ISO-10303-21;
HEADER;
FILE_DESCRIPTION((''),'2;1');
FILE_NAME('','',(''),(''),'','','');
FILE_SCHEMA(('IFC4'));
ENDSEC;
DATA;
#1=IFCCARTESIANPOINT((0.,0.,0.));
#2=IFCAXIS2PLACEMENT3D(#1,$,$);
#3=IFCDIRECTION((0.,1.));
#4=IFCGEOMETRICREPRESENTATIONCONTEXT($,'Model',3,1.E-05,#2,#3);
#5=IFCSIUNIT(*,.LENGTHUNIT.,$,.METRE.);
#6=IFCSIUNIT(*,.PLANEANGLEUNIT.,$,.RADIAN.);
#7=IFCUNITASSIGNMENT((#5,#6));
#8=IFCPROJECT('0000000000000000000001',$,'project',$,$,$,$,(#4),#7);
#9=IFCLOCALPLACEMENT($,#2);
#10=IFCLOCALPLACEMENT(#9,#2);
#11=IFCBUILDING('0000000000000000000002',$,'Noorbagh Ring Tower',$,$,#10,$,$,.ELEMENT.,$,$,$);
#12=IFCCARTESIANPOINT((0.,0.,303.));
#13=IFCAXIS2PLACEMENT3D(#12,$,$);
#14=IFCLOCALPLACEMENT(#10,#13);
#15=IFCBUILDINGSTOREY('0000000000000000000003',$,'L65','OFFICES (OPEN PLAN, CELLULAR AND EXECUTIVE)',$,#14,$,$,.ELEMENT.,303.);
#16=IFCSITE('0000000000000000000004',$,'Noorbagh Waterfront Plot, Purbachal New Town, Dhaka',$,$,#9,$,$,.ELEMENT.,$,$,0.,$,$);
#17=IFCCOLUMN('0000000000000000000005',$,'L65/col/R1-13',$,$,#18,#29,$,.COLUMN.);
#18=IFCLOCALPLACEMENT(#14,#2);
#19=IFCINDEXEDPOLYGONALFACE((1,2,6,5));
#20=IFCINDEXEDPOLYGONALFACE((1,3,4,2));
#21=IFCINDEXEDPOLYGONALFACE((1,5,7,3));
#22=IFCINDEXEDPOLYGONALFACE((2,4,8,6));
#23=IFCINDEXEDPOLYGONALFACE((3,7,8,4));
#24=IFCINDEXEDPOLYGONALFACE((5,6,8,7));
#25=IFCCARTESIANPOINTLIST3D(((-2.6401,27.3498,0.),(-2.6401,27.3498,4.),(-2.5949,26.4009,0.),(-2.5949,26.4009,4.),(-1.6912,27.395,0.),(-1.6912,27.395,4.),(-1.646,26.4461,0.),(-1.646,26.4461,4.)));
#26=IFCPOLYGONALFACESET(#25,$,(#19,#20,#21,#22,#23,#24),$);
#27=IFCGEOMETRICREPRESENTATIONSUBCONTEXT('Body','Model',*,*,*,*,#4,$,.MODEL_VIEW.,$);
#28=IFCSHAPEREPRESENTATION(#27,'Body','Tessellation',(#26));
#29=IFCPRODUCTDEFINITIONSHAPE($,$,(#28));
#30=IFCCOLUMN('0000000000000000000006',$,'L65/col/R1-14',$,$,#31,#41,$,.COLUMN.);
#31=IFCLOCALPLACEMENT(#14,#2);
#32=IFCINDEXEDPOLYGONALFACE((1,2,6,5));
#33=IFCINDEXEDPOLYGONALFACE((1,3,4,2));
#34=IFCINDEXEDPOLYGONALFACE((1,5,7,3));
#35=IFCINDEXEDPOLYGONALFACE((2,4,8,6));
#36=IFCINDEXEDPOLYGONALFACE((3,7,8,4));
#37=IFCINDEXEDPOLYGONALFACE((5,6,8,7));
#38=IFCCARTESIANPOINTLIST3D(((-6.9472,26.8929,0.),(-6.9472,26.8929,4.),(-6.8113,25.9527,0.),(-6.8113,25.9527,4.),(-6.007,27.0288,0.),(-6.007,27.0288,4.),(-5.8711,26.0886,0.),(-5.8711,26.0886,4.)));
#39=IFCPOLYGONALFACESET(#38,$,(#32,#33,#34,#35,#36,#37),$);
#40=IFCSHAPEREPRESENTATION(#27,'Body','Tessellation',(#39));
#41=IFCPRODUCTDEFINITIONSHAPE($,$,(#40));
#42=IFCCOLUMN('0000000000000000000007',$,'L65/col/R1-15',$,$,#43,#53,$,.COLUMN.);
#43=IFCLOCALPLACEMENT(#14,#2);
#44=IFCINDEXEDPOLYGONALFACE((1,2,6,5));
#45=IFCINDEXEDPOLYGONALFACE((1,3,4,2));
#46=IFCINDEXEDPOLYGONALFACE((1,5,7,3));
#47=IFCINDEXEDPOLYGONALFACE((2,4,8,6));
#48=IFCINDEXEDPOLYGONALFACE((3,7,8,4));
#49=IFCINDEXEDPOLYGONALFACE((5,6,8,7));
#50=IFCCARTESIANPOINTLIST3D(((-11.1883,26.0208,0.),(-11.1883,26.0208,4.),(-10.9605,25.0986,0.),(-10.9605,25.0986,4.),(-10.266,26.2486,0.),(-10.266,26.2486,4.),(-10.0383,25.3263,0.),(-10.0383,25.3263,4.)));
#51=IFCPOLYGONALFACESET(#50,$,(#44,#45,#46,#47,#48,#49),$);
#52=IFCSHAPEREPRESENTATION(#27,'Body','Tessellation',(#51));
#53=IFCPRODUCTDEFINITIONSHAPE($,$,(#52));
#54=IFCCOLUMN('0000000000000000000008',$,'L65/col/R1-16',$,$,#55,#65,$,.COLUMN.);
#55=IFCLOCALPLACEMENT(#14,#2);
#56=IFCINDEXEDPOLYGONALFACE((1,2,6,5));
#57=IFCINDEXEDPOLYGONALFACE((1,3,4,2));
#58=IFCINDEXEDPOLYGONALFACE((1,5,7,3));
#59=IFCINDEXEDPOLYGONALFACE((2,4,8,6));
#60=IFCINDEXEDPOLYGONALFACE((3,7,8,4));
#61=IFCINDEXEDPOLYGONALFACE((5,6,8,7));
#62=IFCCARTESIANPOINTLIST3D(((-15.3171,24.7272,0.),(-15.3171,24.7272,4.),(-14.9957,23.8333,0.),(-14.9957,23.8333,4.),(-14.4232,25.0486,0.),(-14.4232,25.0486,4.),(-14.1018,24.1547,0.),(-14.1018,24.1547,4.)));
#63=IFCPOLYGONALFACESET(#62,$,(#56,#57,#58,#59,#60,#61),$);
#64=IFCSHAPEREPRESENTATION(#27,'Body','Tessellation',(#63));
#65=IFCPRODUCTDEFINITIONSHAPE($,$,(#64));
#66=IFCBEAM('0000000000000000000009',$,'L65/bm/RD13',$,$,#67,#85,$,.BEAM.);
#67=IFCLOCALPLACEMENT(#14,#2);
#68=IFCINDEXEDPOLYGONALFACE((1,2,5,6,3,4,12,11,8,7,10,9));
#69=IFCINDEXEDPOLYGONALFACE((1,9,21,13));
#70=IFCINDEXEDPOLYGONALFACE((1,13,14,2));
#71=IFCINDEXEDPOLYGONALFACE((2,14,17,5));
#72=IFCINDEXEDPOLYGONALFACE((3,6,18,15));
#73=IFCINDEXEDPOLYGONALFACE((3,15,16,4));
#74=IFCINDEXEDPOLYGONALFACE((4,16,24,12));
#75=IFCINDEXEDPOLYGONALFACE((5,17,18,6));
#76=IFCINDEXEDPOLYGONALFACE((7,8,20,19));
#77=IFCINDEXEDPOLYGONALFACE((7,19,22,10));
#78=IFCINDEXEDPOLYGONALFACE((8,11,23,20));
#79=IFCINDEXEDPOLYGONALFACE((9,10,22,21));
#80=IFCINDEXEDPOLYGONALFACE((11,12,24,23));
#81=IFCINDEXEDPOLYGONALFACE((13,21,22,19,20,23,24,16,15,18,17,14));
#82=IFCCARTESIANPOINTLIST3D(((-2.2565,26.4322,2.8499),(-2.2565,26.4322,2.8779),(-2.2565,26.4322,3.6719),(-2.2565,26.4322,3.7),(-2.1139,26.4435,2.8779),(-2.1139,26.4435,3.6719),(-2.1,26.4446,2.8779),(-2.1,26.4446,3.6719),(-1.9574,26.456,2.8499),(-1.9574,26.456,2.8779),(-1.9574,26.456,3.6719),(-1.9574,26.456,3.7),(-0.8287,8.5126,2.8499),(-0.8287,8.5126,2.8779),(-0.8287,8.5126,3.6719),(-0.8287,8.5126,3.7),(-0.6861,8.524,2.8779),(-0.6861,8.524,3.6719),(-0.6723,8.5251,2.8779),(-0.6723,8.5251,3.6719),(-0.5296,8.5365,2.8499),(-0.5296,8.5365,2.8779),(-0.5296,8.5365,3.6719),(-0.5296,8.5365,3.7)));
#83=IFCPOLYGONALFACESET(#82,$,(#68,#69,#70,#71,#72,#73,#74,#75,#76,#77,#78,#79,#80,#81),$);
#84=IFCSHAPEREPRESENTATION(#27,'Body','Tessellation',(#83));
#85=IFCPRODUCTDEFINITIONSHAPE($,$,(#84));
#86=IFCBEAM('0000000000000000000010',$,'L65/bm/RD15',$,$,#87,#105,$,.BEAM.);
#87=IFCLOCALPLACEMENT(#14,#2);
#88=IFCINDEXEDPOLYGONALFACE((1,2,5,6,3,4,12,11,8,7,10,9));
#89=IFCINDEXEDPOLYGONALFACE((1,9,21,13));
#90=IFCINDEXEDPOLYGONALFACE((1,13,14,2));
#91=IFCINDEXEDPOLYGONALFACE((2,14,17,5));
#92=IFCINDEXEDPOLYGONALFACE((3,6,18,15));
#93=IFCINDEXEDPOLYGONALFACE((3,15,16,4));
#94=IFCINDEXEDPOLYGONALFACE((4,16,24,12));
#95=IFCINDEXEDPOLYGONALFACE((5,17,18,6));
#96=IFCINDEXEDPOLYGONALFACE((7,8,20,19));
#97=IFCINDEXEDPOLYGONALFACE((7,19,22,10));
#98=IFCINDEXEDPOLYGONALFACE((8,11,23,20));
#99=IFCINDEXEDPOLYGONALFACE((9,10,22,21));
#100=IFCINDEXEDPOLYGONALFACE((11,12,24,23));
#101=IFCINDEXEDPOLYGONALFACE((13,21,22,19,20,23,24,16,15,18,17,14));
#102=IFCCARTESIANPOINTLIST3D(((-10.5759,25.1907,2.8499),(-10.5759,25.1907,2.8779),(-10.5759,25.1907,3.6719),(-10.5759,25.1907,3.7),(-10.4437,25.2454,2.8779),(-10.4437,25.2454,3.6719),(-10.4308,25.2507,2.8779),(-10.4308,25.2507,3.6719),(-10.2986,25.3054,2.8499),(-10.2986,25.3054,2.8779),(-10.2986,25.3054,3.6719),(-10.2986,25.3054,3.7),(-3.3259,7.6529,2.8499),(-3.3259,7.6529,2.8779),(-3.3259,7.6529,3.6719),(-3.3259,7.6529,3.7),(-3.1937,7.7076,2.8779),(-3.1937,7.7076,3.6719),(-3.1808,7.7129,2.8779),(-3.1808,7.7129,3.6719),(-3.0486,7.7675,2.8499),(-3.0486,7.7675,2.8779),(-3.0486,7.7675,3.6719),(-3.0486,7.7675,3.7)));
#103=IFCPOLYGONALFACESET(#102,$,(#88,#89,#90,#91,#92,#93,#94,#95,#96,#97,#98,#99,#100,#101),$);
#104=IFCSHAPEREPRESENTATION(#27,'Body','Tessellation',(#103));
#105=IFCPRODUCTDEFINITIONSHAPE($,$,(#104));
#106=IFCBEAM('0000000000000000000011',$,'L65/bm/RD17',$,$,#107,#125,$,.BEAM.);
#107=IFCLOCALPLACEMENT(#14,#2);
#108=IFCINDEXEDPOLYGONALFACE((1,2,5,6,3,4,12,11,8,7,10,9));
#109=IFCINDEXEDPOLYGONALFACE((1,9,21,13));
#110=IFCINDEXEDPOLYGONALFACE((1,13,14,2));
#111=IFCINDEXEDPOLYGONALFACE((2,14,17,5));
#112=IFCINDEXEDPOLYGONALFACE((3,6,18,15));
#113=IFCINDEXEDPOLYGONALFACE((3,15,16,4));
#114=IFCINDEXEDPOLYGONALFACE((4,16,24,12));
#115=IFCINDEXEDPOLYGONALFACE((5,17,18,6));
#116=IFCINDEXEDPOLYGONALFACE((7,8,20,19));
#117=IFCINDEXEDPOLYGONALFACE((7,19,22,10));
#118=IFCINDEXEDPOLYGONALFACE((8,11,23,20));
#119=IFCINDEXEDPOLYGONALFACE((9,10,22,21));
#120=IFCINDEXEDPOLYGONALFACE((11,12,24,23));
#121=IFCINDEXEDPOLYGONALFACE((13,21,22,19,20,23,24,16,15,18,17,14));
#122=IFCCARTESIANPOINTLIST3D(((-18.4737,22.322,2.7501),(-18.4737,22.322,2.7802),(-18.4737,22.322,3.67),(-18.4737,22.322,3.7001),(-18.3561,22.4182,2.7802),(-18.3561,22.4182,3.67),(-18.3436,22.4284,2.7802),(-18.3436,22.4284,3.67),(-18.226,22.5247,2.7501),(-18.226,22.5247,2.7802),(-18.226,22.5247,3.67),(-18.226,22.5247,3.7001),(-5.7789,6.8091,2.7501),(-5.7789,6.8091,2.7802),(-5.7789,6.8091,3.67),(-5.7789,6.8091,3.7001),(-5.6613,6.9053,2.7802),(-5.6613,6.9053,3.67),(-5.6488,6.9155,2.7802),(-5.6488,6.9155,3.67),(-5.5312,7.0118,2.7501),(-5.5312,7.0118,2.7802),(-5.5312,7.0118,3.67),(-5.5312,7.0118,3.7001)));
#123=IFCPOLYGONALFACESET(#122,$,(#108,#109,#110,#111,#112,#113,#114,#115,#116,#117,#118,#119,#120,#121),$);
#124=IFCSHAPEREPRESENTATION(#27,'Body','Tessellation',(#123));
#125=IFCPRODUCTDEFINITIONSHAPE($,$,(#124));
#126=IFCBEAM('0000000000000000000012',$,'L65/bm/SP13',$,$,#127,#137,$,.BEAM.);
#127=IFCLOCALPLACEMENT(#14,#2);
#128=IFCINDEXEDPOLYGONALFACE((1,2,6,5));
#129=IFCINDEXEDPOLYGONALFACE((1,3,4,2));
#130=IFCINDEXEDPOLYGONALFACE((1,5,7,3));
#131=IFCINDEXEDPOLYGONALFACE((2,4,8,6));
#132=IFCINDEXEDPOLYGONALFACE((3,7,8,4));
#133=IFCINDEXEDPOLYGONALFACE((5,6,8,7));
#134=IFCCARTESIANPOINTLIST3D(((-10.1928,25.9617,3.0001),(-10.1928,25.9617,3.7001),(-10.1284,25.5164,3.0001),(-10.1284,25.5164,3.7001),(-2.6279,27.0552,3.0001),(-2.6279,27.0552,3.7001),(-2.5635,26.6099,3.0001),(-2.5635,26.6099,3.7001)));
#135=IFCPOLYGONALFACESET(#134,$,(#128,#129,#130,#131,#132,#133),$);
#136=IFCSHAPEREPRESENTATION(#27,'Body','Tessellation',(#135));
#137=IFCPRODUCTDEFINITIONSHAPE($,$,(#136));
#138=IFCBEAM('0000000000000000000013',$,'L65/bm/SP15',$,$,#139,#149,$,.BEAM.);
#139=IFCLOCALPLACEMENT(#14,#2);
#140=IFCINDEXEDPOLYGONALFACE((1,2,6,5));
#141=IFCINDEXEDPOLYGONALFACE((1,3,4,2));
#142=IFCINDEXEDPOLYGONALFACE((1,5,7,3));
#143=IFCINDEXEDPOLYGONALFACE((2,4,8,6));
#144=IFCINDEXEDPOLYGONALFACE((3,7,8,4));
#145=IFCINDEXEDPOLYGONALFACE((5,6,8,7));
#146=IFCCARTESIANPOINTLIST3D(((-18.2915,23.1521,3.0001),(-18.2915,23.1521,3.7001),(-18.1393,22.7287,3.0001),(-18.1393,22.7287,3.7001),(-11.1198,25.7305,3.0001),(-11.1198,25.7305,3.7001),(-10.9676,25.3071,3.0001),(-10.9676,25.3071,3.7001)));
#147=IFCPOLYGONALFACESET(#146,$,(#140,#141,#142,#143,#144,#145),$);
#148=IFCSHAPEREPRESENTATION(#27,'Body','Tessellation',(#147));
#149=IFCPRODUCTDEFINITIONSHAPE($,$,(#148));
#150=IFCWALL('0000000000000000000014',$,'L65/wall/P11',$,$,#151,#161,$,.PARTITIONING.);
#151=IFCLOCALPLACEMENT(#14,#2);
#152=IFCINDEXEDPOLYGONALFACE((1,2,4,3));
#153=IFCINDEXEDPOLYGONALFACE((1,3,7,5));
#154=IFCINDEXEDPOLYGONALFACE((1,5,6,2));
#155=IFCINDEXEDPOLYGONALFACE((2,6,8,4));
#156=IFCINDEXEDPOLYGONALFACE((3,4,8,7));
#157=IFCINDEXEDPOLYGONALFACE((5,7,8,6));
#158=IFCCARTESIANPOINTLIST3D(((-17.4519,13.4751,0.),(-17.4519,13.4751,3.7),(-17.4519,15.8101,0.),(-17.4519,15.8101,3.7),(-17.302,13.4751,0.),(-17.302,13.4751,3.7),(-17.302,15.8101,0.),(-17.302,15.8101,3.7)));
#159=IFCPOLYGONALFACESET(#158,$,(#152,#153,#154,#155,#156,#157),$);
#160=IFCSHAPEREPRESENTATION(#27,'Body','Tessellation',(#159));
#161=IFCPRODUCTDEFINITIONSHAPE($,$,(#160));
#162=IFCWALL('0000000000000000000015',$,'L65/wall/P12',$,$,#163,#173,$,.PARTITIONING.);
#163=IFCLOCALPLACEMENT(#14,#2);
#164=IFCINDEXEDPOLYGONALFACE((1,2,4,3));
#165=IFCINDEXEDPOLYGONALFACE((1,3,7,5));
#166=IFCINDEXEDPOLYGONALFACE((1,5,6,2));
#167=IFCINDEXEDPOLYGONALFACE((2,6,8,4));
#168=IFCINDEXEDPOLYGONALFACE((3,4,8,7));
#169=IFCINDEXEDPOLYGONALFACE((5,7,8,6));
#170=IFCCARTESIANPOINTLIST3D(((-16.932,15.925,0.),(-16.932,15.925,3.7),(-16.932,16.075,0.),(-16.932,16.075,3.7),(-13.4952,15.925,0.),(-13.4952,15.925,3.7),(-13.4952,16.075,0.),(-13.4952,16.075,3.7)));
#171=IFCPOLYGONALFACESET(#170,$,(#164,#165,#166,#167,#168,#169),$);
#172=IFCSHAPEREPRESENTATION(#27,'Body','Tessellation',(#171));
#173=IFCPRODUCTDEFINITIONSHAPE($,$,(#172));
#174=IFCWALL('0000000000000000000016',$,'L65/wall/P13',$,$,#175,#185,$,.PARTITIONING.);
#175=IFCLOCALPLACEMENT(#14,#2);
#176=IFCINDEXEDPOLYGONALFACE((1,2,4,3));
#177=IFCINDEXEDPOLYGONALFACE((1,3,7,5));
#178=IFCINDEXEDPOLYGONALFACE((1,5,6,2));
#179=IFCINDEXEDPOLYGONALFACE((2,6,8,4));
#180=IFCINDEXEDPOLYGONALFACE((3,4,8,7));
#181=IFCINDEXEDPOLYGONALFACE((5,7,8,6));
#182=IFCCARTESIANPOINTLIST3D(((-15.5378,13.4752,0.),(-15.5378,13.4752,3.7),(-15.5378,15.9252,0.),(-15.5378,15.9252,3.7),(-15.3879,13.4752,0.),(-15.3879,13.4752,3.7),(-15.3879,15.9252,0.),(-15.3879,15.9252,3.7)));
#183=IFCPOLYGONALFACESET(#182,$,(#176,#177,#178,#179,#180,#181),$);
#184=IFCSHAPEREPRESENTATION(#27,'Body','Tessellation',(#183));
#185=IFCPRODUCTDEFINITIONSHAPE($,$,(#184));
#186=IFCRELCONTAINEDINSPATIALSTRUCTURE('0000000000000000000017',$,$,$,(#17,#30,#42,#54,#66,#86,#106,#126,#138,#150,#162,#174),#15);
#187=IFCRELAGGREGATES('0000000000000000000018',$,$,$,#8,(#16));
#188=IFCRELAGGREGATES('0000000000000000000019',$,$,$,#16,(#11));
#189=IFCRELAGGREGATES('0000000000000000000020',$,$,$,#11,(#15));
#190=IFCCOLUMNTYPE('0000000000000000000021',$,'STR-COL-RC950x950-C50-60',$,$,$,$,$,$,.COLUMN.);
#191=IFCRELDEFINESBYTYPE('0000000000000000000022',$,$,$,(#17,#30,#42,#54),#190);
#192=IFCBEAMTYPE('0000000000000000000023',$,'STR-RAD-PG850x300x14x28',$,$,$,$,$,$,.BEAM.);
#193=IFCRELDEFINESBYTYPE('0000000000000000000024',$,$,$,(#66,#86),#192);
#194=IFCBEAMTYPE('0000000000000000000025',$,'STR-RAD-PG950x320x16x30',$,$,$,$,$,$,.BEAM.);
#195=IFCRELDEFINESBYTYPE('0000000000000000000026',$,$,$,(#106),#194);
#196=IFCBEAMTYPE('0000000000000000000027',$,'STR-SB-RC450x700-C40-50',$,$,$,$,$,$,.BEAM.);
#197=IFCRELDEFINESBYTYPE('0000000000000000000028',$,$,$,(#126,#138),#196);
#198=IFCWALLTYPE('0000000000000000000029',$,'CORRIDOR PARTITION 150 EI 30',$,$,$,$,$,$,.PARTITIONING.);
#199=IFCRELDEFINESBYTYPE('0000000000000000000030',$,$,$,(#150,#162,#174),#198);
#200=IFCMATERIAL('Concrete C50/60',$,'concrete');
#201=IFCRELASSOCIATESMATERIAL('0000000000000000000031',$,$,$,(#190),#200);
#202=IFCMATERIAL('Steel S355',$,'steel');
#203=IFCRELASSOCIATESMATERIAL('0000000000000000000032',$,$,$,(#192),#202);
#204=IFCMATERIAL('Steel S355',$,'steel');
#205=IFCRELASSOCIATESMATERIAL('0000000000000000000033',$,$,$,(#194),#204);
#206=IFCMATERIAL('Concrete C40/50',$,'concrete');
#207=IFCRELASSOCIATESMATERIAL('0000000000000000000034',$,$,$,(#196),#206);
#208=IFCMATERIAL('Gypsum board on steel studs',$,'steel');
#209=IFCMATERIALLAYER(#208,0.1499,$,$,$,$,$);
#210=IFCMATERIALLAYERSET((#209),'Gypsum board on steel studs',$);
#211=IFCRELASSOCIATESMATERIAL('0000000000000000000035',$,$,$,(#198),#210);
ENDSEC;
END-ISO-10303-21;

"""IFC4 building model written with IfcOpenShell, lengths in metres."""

from ifc_helpers import new_model, si_unit, direction, frame, frame_2d, origin, origin_2d, place, context, subcontext, project, spatial, rectangle, i_section, extrude, material, layer, layer_set, material_profile, profile_set, type_object, element, save


model = new_model("IFC4")

# Units and contexts
model_context = context("Model", 3, precision=1e-05, world=origin(), true_north=direction((0.0, 1.0)))
body_context = subcontext(model_context, "Body", "Model", "MODEL_VIEW")
ifc_project = project(units=[si_unit("LENGTHUNIT", "METRE"), si_unit("PLANEANGLEUNIT", "RADIAN")], contexts=[model_context])

# Site, building, storey
site_placement = place(None, origin())
site = spatial("IfcSite", under=ifc_project, at=site_placement, Name="Noorbagh Waterfront Plot, Purbachal New Town, Dhaka", CompositionType="ELEMENT", RefElevation=0.0)
building_placement = place(site_placement, origin())
building = spatial("IfcBuilding", under=site, at=building_placement, Name="Noorbagh Ring Tower", CompositionType="ELEMENT")
storey_placement = place(building_placement, frame((0.0, 0.0, 303.0)))
storey = spatial("IfcBuildingStorey", under=building, at=storey_placement, Name="L65", Description="OFFICES (OPEN PLAN, CELLULAR AND EXECUTIVE)", CompositionType="ELEMENT", Elevation=303.0)

# Columns
ifc_material_1 = material(Name="Concrete C50/60", Category="concrete")
ifc_material_profile_1 = material_profile(ifc_material_1, rectangle(XDim=0.95, YDim=0.95, at=origin_2d()), Name="RC950x950")
ifc_profile_set_1 = profile_set([ifc_material_profile_1], Name="Concrete C50/60")
column_type = type_object("IfcColumnType", Name="STR-COL-RC950x950-C50-60", PredefinedType="COLUMN", material=ifc_profile_set_1)
for number, where, z_axis, x_axis, name in (
    (1, (-2.1431, 26.8979, 0.0), (0.0, 0.0, 1.0), (-0.998869, -0.047553, 0.0), "L65/col/R1-13"),
    (2, (-6.4092, 26.4907, 0.0), (0.0, 0.0, 1.0), (-0.989713, -0.143066, 0.0), "L65/col/R1-14"),
    (3, (-10.6133, 25.6736, 0.0), (0.0, 0.0, 1.0), (-0.970829, -0.239771, 0.0), "L65/col/R1-15"),
    (4, (-14.7095, 24.4409, 0.0), (0.0, 0.0, 1.0), (-0.941025, -0.338338, 0.0), "L65/col/R1-16"),
):
    element("IfcColumn", number, at=place(storey_placement, frame(where, z_axis=z_axis, x_axis=x_axis)), inside=storey, type_object=column_type, Name=name, PredefinedType="COLUMN", context=body_context, shape_type="SweptSolid", body=[
        extrude(rectangle(XDim=0.95, YDim=0.95, at=origin_2d()), origin(), (0.0, 0.0, 1.0), 4.0),
    ])

# Beams
ifc_material_2 = material(Name="Steel S355", Category="steel")
ifc_material_profile_2 = material_profile(ifc_material_2, i_section(OverallWidth=0.3, OverallDepth=0.8501, WebThickness=0.0139, FlangeThickness=0.0281, at=origin_2d()), Name="PG850x300x14x28")
ifc_profile_set_2 = profile_set([ifc_material_profile_2], Name="Steel S355")
beam_type_1 = type_object("IfcBeamType", Name="STR-RAD-PG850x300x14x28", PredefinedType="BEAM", material=ifc_profile_set_2)
beam_1_placement = place(storey_placement, frame((-2.1069, 26.4441, 3.2749), z_axis=(0.079423, -0.996841, 0.0), x_axis=(0.996841, 0.079423, 0.0)))
element("IfcBeam", 5, at=beam_1_placement, inside=storey, type_object=beam_type_1, Name="L65/bm/RD13", PredefinedType="BEAM", context=body_context, shape_type="SweptSolid", body=[
    extrude(i_section(OverallWidth=0.3, OverallDepth=0.8501, WebThickness=0.0139, FlangeThickness=0.0281, at=origin_2d()), origin(), (0.0, 0.0, 1.0), 17.9763),
])
beam_2_placement = place(storey_placement, frame((-10.4373, 25.248, 3.2749), z_axis=(0.382035, -0.924148, 0.0), x_axis=(0.924148, 0.382035, 0.0)))
element("IfcBeam", 6, at=beam_2_placement, inside=storey, type_object=beam_type_1, Name="L65/bm/RD15", PredefinedType="BEAM", context=body_context, shape_type="SweptSolid", body=[
    extrude(i_section(OverallWidth=0.3, OverallDepth=0.8501, WebThickness=0.0139, FlangeThickness=0.0281, at=origin_2d()), origin(), (0.0, 0.0, 1.0), 18.9773),
])
ifc_material_3 = material(Name="Steel S355", Category="steel")
ifc_material_profile_3 = material_profile(ifc_material_3, i_section(OverallWidth=0.3201, OverallDepth=0.95, WebThickness=0.0161, FlangeThickness=0.03, at=origin_2d()), Name="PG950x320x16x30")
ifc_profile_set_3 = profile_set([ifc_material_profile_3], Name="Steel S355")
beam_type_2 = type_object("IfcBeamType", Name="STR-RAD-PG950x320x16x30", PredefinedType="BEAM", material=ifc_profile_set_3)
beam_3_placement = place(storey_placement, frame((-18.3499, 22.4233, 3.2251), z_axis=(0.63331, -0.773898, 0.0), x_axis=(0.773898, 0.63331, 0.0)))
element("IfcBeam", 7, at=beam_3_placement, inside=storey, type_object=beam_type_2, Name="L65/bm/RD17", PredefinedType="BEAM", context=body_context, shape_type="SweptSolid", body=[
    extrude(i_section(OverallWidth=0.3201, OverallDepth=0.95, WebThickness=0.0161, FlangeThickness=0.03, at=origin_2d()), origin(), (0.0, 0.0, 1.0), 20.0452),
])
ifc_material_4 = material(Name="Concrete C40/50", Category="concrete")
ifc_material_profile_4 = material_profile(ifc_material_4, rectangle(XDim=0.45, YDim=0.7, at=origin_2d()), Name="RC450x700")
ifc_profile_set_4 = profile_set([ifc_material_profile_4], Name="Concrete C40/50")
beam_type_3 = type_object("IfcBeamType", Name="STR-SB-RC450x700-C40-50", PredefinedType="BEAM", material=ifc_profile_set_4)
beam_4_placement = place(storey_placement, frame((-2.5957, 26.8325, 3.3501), z_axis=(-0.989714, -0.143062, 0.0), x_axis=(0.143062, -0.989714, 0.0)))
element("IfcBeam", 8, at=beam_4_placement, inside=storey, type_object=beam_type_3, Name="L65/bm/SP13", PredefinedType="BEAM", context=body_context, shape_type="SweptSolid", body=[
    extrude(rectangle(XDim=0.45, YDim=0.7, at=origin_2d()), origin(), (0.0, 0.0, 1.0), 7.6436),
])
beam_5_placement = place(storey_placement, frame((-11.0437, 25.5188, 3.3501), z_axis=(-0.94103, -0.338322, 0.0), x_axis=(0.338322, -0.94103, 0.0)))
element("IfcBeam", 9, at=beam_5_placement, inside=storey, type_object=beam_type_3, Name="L65/bm/SP15", PredefinedType="BEAM", context=body_context, shape_type="SweptSolid", body=[
    extrude(rectangle(XDim=0.45, YDim=0.7, at=origin_2d()), origin(), (0.0, 0.0, 1.0), 7.6211),
])

# Walls
ifc_material_5 = material(Name="Gypsum board on steel studs", Category="steel")
ifc_layer_1 = layer(ifc_material_5, 0.1499)
ifc_layer_set_1 = layer_set([ifc_layer_1], Name="Gypsum board on steel studs")
wall_type_1 = type_object("IfcWallType", Name="CORRIDOR PARTITION 150 EI 30", PredefinedType="PARTITIONING", material=ifc_layer_set_1)
wall_1_placement = place(storey_placement, frame((-17.377, 13.4751, 0.0), z_axis=(0.0, 0.0, 1.0), x_axis=(0.0, 1.0, 0.0)))
element("IfcWall", 10, at=wall_1_placement, inside=storey, type_object=wall_type_1, Name="L65/wall/P11", PredefinedType="PARTITIONING", context=body_context, shape_type="SweptSolid", body=[
    extrude(rectangle(XDim=2.335, YDim=0.1499, at=frame_2d((1.1675, 0.0))), origin(), (0.0, 0.0, 1.0), 3.7),
])
wall_2_placement = place(storey_placement, frame((-16.9319, 16.0, 0.0), z_axis=(0.0, 0.0, 1.0), x_axis=(1.0, 0.0, 0.0)))
element("IfcWall", 11, at=wall_2_placement, inside=storey, type_object=wall_type_1, Name="L65/wall/P12", PredefinedType="PARTITIONING", context=body_context, shape_type="SweptSolid", body=[
    extrude(rectangle(XDim=3.4368, YDim=0.1499, at=frame_2d((1.7183, 0.0))), origin(), (0.0, 0.0, 1.0), 3.7),
])
wall_3_placement = place(storey_placement, frame((-15.4629, 13.4751, 0.0), z_axis=(0.0, 0.0, 1.0), x_axis=(0.0, 1.0, 0.0)))
element("IfcWall", 12, at=wall_3_placement, inside=storey, type_object=wall_type_1, Name="L65/wall/P13", PredefinedType="PARTITIONING", context=body_context, shape_type="SweptSolid", body=[
    extrude(rectangle(XDim=2.45, YDim=0.1499, at=frame_2d((1.2251, 0.0))), origin(), (0.0, 0.0, 1.0), 3.7),
])

save(model, "model.ifc")
